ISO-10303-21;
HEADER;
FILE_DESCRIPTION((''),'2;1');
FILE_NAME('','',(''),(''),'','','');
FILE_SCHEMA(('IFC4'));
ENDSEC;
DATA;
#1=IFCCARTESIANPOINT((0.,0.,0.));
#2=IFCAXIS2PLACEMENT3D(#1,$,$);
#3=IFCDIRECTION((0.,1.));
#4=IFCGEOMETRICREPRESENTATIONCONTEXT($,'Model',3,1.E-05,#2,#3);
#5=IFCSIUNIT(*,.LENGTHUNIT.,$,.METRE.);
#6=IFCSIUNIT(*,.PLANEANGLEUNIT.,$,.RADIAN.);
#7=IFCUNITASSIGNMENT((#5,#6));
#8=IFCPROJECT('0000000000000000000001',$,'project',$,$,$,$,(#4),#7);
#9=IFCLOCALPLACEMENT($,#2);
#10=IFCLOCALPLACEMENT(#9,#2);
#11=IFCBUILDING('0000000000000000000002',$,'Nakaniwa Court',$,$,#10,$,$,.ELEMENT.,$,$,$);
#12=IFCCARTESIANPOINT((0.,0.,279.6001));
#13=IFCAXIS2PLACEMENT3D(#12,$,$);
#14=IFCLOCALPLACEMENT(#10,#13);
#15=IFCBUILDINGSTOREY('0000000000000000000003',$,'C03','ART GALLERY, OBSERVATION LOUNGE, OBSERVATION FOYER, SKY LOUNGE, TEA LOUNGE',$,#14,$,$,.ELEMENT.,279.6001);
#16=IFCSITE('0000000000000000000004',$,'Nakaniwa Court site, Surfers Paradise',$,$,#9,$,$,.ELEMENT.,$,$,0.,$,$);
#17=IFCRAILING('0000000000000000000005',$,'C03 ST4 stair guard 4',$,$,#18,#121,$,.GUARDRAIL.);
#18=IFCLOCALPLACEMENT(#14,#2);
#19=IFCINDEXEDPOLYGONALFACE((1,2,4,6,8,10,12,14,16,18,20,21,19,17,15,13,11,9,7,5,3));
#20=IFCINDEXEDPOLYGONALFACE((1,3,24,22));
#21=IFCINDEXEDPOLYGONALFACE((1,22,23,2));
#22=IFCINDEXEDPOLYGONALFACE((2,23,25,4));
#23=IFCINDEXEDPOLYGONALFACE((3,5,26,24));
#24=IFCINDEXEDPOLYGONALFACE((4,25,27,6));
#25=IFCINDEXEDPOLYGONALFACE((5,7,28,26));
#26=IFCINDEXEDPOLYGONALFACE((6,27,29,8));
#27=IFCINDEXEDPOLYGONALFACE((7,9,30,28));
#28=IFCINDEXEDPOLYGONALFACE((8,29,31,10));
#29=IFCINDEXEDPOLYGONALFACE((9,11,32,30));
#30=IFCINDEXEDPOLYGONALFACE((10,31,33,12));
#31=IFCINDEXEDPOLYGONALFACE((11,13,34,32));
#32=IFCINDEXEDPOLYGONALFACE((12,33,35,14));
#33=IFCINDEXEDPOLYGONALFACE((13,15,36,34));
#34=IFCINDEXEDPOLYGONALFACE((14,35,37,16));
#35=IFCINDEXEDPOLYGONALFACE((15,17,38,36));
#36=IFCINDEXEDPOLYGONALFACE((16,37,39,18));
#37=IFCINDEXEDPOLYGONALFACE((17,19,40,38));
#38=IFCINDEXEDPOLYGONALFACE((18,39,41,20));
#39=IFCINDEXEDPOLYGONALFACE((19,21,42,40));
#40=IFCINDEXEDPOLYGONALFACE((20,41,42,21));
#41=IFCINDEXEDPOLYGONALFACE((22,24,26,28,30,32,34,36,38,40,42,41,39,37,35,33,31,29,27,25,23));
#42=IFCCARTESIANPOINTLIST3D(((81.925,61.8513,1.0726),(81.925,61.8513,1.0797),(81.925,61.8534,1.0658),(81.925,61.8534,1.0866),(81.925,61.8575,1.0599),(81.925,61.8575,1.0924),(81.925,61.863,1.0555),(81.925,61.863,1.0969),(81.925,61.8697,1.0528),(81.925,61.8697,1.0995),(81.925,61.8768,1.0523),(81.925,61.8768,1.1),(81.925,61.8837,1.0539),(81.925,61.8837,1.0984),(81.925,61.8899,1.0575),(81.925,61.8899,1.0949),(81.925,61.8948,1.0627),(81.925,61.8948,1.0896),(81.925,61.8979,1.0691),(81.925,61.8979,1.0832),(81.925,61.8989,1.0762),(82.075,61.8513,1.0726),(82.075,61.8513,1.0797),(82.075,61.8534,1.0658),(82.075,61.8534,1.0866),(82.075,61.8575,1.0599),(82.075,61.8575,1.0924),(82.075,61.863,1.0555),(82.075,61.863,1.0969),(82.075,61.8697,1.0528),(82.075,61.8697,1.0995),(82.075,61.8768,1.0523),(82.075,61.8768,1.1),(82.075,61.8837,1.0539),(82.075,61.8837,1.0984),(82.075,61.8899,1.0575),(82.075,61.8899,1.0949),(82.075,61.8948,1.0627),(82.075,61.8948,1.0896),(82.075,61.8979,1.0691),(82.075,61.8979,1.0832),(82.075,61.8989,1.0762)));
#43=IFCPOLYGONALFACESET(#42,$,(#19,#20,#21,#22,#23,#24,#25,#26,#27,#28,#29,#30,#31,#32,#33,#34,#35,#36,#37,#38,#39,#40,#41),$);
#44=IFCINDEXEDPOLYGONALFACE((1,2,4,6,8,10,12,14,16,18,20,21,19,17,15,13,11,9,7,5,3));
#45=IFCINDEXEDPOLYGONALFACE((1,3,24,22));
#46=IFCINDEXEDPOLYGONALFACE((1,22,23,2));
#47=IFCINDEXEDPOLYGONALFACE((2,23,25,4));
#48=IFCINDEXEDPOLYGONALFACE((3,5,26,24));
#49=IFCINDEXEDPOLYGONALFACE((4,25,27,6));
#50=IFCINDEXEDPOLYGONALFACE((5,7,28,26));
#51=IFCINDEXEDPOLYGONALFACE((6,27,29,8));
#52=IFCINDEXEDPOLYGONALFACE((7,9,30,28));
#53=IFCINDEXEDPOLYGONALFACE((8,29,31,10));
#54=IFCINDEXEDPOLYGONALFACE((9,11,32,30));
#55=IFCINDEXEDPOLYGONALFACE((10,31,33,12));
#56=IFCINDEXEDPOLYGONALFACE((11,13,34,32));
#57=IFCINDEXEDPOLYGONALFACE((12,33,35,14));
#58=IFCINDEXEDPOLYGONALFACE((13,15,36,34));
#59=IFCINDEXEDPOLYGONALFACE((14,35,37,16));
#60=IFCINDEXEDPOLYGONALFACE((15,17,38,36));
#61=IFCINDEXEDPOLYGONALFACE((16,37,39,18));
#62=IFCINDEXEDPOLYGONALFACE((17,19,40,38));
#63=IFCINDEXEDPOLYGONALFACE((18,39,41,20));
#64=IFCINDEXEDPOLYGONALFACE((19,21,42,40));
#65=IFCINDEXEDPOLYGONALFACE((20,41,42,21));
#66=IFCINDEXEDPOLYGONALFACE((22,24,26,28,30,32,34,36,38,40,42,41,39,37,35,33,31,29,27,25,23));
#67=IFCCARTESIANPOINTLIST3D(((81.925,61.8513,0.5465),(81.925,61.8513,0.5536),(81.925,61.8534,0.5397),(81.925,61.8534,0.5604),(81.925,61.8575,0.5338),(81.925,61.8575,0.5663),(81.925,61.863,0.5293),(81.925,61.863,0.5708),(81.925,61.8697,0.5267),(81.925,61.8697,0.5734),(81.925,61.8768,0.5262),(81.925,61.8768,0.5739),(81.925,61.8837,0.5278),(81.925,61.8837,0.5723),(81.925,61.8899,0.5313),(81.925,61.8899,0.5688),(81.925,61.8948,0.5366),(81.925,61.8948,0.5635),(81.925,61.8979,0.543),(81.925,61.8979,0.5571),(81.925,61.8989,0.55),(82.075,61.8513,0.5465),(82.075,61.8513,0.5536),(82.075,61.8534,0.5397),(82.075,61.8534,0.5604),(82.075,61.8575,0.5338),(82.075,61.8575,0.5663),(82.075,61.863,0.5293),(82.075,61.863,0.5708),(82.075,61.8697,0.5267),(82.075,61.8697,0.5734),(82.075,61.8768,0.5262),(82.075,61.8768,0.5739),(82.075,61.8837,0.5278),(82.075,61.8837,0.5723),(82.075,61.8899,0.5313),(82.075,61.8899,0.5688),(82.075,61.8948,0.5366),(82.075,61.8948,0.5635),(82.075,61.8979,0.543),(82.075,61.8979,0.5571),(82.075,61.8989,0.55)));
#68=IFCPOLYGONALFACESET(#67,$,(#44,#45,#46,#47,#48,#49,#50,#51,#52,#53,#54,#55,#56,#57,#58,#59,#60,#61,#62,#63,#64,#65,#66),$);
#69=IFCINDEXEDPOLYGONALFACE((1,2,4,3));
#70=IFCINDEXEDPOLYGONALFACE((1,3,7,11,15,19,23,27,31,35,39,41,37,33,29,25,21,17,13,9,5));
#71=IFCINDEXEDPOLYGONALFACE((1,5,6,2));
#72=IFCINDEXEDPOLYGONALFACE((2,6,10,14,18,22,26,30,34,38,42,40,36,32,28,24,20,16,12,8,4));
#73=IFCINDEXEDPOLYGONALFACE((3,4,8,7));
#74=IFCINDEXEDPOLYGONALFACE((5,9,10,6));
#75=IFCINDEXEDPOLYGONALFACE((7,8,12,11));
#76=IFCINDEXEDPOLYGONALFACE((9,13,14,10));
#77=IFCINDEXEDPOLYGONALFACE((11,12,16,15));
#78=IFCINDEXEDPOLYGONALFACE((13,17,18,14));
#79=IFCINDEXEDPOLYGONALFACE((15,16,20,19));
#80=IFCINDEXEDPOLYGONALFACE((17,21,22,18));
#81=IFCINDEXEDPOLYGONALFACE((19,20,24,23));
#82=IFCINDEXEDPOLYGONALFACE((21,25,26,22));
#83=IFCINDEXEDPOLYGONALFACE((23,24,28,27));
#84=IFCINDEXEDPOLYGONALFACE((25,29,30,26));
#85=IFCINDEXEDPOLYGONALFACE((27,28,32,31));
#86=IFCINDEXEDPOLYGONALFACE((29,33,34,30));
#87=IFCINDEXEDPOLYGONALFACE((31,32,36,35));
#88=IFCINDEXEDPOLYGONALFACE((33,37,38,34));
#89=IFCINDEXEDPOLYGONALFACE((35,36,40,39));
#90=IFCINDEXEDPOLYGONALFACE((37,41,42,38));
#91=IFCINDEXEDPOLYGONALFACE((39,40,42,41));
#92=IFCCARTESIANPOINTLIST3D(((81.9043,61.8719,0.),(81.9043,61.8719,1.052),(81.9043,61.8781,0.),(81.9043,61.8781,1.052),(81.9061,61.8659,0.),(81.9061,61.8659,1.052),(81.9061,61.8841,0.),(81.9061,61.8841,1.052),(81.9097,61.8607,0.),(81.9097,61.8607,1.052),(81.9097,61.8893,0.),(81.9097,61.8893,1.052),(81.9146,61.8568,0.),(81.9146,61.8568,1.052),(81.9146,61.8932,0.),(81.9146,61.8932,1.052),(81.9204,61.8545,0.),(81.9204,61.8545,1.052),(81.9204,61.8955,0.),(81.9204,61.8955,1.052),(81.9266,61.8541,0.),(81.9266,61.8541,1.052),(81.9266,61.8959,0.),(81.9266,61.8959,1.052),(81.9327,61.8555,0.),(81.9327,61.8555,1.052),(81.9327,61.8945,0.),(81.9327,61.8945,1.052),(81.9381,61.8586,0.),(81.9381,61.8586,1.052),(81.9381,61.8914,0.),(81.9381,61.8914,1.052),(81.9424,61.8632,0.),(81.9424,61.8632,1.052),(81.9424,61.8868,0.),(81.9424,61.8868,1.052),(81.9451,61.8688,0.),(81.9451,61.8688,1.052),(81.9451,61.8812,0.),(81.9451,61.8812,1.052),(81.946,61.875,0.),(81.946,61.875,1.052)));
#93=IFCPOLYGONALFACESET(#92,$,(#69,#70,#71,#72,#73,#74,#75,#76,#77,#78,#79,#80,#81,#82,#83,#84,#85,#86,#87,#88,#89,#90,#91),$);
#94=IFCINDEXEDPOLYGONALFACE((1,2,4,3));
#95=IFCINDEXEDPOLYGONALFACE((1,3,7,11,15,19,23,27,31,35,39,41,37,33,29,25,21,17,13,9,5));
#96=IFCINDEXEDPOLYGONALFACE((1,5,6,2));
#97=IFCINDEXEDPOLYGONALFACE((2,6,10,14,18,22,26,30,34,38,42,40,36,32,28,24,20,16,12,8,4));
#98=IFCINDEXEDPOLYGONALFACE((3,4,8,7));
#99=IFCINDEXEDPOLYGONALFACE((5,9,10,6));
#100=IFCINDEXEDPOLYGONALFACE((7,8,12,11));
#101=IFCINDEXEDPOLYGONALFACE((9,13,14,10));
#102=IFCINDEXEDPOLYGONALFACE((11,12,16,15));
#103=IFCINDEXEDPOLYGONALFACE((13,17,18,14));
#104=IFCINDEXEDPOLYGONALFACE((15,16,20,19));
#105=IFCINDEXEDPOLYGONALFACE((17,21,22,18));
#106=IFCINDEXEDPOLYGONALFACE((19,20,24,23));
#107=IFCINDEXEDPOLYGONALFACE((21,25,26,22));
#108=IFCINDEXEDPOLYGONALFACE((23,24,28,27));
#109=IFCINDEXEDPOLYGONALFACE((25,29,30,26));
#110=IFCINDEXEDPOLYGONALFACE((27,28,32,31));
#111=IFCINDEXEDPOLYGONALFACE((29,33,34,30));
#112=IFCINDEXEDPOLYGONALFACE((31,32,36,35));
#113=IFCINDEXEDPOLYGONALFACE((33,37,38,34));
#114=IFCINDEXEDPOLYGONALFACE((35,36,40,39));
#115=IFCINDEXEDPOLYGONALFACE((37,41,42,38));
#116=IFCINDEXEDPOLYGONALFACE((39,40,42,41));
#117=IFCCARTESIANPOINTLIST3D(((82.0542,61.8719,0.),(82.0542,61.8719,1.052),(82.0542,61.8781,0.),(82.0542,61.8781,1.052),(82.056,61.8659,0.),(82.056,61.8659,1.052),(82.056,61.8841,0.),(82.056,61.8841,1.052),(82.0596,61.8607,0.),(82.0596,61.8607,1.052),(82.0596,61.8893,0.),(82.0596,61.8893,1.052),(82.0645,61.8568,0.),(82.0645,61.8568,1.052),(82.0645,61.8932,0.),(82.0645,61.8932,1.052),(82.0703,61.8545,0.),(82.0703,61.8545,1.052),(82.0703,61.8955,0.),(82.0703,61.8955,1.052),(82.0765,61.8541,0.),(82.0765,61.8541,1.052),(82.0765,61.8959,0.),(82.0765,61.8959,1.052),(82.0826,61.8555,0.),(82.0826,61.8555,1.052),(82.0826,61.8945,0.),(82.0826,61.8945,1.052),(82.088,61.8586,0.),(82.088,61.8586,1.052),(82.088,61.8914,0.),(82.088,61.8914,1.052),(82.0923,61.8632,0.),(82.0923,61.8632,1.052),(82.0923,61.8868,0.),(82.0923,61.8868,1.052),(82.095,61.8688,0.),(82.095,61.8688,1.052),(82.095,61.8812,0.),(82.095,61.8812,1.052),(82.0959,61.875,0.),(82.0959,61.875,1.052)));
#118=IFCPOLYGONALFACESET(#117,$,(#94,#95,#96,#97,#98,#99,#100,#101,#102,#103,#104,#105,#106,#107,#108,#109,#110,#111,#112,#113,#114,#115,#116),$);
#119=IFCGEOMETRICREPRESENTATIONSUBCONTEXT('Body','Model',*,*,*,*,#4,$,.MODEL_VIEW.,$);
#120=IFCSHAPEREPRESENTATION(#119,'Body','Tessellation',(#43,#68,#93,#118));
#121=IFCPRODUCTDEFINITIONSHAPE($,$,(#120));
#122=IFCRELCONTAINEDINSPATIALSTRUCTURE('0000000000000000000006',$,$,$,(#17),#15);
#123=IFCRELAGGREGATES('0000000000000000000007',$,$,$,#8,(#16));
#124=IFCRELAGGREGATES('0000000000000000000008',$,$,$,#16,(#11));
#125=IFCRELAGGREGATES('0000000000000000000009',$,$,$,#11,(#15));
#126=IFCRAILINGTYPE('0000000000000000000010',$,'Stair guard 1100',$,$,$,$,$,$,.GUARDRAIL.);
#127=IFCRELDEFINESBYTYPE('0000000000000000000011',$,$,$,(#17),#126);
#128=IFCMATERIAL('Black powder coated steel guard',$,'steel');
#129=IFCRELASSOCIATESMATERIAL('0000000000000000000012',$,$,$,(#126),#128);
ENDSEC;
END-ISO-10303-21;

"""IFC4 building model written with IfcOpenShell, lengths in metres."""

from ifc_helpers import new_model, si_unit, direction, frame, origin, origin_2d, place, context, subcontext, project, spatial, circle, extrude, material, type_object, element, save


model = new_model("IFC4")

# Units and contexts
model_context = context("Model", 3, precision=1e-05, world=origin(), true_north=direction((0.0, 1.0)))
body_context = subcontext(model_context, "Body", "Model", "MODEL_VIEW")
ifc_project = project(units=[si_unit("LENGTHUNIT", "METRE"), si_unit("PLANEANGLEUNIT", "RADIAN")], contexts=[model_context])

# Site, building, storey
site_placement = place(None, origin())
site = spatial("IfcSite", under=ifc_project, at=site_placement, Name="Nakaniwa Court site, Surfers Paradise", CompositionType="ELEMENT", RefElevation=0.0)
building_placement = place(site_placement, origin())
building = spatial("IfcBuilding", under=site, at=building_placement, Name="Nakaniwa Court", CompositionType="ELEMENT")
storey_placement = place(building_placement, frame((0.0, 0.0, 279.6001)))
storey = spatial("IfcBuildingStorey", under=building, at=storey_placement, Name="C03", Description="ART GALLERY, OBSERVATION LOUNGE, OBSERVATION FOYER, SKY LOUNGE, TEA LOUNGE", CompositionType="ELEMENT", Elevation=279.6001)

# Railing
ifc_material_1 = material(Name="Black powder coated steel guard", Category="steel")
railing_type_1 = type_object("IfcRailingType", Name="Stair guard 1100", PredefinedType="GUARDRAIL", material=ifc_material_1)
railing_1_placement = place(storey_placement, frame((81.925, 61.875, 0.0)))
element("IfcRailing", 1, at=railing_1_placement, inside=storey, type_object=railing_type_1, Name="C03 ST4 stair guard 4", PredefinedType="GUARDRAIL", context=body_context, shape_type="SweptSolid", body=[
    extrude(circle(Radius=0.0239, at=origin_2d()), frame((0.0, 0.0, 1.0762), z_axis=(1.0, 0.0, 0.0), x_axis=(0.0, 1.0, 0.0)), (0.0, 0.0, 1.0), 0.1499),
    extrude(circle(Radius=0.0239, at=origin_2d()), frame((0.0, 0.0, 0.55), z_axis=(1.0, 0.0, 0.0), x_axis=(0.0, 1.0, 0.0)), (0.0, 0.0, 1.0), 0.1499),
    extrude(circle(Radius=0.021, at=origin_2d()), origin(), (0.0, 0.0, 1.0), 1.052),
    extrude(circle(Radius=0.021, at=origin_2d()), frame((0.1499, 0.0, 0.0)), (0.0, 0.0, 1.0), 1.052),
])

save(model, "model.ifc")
